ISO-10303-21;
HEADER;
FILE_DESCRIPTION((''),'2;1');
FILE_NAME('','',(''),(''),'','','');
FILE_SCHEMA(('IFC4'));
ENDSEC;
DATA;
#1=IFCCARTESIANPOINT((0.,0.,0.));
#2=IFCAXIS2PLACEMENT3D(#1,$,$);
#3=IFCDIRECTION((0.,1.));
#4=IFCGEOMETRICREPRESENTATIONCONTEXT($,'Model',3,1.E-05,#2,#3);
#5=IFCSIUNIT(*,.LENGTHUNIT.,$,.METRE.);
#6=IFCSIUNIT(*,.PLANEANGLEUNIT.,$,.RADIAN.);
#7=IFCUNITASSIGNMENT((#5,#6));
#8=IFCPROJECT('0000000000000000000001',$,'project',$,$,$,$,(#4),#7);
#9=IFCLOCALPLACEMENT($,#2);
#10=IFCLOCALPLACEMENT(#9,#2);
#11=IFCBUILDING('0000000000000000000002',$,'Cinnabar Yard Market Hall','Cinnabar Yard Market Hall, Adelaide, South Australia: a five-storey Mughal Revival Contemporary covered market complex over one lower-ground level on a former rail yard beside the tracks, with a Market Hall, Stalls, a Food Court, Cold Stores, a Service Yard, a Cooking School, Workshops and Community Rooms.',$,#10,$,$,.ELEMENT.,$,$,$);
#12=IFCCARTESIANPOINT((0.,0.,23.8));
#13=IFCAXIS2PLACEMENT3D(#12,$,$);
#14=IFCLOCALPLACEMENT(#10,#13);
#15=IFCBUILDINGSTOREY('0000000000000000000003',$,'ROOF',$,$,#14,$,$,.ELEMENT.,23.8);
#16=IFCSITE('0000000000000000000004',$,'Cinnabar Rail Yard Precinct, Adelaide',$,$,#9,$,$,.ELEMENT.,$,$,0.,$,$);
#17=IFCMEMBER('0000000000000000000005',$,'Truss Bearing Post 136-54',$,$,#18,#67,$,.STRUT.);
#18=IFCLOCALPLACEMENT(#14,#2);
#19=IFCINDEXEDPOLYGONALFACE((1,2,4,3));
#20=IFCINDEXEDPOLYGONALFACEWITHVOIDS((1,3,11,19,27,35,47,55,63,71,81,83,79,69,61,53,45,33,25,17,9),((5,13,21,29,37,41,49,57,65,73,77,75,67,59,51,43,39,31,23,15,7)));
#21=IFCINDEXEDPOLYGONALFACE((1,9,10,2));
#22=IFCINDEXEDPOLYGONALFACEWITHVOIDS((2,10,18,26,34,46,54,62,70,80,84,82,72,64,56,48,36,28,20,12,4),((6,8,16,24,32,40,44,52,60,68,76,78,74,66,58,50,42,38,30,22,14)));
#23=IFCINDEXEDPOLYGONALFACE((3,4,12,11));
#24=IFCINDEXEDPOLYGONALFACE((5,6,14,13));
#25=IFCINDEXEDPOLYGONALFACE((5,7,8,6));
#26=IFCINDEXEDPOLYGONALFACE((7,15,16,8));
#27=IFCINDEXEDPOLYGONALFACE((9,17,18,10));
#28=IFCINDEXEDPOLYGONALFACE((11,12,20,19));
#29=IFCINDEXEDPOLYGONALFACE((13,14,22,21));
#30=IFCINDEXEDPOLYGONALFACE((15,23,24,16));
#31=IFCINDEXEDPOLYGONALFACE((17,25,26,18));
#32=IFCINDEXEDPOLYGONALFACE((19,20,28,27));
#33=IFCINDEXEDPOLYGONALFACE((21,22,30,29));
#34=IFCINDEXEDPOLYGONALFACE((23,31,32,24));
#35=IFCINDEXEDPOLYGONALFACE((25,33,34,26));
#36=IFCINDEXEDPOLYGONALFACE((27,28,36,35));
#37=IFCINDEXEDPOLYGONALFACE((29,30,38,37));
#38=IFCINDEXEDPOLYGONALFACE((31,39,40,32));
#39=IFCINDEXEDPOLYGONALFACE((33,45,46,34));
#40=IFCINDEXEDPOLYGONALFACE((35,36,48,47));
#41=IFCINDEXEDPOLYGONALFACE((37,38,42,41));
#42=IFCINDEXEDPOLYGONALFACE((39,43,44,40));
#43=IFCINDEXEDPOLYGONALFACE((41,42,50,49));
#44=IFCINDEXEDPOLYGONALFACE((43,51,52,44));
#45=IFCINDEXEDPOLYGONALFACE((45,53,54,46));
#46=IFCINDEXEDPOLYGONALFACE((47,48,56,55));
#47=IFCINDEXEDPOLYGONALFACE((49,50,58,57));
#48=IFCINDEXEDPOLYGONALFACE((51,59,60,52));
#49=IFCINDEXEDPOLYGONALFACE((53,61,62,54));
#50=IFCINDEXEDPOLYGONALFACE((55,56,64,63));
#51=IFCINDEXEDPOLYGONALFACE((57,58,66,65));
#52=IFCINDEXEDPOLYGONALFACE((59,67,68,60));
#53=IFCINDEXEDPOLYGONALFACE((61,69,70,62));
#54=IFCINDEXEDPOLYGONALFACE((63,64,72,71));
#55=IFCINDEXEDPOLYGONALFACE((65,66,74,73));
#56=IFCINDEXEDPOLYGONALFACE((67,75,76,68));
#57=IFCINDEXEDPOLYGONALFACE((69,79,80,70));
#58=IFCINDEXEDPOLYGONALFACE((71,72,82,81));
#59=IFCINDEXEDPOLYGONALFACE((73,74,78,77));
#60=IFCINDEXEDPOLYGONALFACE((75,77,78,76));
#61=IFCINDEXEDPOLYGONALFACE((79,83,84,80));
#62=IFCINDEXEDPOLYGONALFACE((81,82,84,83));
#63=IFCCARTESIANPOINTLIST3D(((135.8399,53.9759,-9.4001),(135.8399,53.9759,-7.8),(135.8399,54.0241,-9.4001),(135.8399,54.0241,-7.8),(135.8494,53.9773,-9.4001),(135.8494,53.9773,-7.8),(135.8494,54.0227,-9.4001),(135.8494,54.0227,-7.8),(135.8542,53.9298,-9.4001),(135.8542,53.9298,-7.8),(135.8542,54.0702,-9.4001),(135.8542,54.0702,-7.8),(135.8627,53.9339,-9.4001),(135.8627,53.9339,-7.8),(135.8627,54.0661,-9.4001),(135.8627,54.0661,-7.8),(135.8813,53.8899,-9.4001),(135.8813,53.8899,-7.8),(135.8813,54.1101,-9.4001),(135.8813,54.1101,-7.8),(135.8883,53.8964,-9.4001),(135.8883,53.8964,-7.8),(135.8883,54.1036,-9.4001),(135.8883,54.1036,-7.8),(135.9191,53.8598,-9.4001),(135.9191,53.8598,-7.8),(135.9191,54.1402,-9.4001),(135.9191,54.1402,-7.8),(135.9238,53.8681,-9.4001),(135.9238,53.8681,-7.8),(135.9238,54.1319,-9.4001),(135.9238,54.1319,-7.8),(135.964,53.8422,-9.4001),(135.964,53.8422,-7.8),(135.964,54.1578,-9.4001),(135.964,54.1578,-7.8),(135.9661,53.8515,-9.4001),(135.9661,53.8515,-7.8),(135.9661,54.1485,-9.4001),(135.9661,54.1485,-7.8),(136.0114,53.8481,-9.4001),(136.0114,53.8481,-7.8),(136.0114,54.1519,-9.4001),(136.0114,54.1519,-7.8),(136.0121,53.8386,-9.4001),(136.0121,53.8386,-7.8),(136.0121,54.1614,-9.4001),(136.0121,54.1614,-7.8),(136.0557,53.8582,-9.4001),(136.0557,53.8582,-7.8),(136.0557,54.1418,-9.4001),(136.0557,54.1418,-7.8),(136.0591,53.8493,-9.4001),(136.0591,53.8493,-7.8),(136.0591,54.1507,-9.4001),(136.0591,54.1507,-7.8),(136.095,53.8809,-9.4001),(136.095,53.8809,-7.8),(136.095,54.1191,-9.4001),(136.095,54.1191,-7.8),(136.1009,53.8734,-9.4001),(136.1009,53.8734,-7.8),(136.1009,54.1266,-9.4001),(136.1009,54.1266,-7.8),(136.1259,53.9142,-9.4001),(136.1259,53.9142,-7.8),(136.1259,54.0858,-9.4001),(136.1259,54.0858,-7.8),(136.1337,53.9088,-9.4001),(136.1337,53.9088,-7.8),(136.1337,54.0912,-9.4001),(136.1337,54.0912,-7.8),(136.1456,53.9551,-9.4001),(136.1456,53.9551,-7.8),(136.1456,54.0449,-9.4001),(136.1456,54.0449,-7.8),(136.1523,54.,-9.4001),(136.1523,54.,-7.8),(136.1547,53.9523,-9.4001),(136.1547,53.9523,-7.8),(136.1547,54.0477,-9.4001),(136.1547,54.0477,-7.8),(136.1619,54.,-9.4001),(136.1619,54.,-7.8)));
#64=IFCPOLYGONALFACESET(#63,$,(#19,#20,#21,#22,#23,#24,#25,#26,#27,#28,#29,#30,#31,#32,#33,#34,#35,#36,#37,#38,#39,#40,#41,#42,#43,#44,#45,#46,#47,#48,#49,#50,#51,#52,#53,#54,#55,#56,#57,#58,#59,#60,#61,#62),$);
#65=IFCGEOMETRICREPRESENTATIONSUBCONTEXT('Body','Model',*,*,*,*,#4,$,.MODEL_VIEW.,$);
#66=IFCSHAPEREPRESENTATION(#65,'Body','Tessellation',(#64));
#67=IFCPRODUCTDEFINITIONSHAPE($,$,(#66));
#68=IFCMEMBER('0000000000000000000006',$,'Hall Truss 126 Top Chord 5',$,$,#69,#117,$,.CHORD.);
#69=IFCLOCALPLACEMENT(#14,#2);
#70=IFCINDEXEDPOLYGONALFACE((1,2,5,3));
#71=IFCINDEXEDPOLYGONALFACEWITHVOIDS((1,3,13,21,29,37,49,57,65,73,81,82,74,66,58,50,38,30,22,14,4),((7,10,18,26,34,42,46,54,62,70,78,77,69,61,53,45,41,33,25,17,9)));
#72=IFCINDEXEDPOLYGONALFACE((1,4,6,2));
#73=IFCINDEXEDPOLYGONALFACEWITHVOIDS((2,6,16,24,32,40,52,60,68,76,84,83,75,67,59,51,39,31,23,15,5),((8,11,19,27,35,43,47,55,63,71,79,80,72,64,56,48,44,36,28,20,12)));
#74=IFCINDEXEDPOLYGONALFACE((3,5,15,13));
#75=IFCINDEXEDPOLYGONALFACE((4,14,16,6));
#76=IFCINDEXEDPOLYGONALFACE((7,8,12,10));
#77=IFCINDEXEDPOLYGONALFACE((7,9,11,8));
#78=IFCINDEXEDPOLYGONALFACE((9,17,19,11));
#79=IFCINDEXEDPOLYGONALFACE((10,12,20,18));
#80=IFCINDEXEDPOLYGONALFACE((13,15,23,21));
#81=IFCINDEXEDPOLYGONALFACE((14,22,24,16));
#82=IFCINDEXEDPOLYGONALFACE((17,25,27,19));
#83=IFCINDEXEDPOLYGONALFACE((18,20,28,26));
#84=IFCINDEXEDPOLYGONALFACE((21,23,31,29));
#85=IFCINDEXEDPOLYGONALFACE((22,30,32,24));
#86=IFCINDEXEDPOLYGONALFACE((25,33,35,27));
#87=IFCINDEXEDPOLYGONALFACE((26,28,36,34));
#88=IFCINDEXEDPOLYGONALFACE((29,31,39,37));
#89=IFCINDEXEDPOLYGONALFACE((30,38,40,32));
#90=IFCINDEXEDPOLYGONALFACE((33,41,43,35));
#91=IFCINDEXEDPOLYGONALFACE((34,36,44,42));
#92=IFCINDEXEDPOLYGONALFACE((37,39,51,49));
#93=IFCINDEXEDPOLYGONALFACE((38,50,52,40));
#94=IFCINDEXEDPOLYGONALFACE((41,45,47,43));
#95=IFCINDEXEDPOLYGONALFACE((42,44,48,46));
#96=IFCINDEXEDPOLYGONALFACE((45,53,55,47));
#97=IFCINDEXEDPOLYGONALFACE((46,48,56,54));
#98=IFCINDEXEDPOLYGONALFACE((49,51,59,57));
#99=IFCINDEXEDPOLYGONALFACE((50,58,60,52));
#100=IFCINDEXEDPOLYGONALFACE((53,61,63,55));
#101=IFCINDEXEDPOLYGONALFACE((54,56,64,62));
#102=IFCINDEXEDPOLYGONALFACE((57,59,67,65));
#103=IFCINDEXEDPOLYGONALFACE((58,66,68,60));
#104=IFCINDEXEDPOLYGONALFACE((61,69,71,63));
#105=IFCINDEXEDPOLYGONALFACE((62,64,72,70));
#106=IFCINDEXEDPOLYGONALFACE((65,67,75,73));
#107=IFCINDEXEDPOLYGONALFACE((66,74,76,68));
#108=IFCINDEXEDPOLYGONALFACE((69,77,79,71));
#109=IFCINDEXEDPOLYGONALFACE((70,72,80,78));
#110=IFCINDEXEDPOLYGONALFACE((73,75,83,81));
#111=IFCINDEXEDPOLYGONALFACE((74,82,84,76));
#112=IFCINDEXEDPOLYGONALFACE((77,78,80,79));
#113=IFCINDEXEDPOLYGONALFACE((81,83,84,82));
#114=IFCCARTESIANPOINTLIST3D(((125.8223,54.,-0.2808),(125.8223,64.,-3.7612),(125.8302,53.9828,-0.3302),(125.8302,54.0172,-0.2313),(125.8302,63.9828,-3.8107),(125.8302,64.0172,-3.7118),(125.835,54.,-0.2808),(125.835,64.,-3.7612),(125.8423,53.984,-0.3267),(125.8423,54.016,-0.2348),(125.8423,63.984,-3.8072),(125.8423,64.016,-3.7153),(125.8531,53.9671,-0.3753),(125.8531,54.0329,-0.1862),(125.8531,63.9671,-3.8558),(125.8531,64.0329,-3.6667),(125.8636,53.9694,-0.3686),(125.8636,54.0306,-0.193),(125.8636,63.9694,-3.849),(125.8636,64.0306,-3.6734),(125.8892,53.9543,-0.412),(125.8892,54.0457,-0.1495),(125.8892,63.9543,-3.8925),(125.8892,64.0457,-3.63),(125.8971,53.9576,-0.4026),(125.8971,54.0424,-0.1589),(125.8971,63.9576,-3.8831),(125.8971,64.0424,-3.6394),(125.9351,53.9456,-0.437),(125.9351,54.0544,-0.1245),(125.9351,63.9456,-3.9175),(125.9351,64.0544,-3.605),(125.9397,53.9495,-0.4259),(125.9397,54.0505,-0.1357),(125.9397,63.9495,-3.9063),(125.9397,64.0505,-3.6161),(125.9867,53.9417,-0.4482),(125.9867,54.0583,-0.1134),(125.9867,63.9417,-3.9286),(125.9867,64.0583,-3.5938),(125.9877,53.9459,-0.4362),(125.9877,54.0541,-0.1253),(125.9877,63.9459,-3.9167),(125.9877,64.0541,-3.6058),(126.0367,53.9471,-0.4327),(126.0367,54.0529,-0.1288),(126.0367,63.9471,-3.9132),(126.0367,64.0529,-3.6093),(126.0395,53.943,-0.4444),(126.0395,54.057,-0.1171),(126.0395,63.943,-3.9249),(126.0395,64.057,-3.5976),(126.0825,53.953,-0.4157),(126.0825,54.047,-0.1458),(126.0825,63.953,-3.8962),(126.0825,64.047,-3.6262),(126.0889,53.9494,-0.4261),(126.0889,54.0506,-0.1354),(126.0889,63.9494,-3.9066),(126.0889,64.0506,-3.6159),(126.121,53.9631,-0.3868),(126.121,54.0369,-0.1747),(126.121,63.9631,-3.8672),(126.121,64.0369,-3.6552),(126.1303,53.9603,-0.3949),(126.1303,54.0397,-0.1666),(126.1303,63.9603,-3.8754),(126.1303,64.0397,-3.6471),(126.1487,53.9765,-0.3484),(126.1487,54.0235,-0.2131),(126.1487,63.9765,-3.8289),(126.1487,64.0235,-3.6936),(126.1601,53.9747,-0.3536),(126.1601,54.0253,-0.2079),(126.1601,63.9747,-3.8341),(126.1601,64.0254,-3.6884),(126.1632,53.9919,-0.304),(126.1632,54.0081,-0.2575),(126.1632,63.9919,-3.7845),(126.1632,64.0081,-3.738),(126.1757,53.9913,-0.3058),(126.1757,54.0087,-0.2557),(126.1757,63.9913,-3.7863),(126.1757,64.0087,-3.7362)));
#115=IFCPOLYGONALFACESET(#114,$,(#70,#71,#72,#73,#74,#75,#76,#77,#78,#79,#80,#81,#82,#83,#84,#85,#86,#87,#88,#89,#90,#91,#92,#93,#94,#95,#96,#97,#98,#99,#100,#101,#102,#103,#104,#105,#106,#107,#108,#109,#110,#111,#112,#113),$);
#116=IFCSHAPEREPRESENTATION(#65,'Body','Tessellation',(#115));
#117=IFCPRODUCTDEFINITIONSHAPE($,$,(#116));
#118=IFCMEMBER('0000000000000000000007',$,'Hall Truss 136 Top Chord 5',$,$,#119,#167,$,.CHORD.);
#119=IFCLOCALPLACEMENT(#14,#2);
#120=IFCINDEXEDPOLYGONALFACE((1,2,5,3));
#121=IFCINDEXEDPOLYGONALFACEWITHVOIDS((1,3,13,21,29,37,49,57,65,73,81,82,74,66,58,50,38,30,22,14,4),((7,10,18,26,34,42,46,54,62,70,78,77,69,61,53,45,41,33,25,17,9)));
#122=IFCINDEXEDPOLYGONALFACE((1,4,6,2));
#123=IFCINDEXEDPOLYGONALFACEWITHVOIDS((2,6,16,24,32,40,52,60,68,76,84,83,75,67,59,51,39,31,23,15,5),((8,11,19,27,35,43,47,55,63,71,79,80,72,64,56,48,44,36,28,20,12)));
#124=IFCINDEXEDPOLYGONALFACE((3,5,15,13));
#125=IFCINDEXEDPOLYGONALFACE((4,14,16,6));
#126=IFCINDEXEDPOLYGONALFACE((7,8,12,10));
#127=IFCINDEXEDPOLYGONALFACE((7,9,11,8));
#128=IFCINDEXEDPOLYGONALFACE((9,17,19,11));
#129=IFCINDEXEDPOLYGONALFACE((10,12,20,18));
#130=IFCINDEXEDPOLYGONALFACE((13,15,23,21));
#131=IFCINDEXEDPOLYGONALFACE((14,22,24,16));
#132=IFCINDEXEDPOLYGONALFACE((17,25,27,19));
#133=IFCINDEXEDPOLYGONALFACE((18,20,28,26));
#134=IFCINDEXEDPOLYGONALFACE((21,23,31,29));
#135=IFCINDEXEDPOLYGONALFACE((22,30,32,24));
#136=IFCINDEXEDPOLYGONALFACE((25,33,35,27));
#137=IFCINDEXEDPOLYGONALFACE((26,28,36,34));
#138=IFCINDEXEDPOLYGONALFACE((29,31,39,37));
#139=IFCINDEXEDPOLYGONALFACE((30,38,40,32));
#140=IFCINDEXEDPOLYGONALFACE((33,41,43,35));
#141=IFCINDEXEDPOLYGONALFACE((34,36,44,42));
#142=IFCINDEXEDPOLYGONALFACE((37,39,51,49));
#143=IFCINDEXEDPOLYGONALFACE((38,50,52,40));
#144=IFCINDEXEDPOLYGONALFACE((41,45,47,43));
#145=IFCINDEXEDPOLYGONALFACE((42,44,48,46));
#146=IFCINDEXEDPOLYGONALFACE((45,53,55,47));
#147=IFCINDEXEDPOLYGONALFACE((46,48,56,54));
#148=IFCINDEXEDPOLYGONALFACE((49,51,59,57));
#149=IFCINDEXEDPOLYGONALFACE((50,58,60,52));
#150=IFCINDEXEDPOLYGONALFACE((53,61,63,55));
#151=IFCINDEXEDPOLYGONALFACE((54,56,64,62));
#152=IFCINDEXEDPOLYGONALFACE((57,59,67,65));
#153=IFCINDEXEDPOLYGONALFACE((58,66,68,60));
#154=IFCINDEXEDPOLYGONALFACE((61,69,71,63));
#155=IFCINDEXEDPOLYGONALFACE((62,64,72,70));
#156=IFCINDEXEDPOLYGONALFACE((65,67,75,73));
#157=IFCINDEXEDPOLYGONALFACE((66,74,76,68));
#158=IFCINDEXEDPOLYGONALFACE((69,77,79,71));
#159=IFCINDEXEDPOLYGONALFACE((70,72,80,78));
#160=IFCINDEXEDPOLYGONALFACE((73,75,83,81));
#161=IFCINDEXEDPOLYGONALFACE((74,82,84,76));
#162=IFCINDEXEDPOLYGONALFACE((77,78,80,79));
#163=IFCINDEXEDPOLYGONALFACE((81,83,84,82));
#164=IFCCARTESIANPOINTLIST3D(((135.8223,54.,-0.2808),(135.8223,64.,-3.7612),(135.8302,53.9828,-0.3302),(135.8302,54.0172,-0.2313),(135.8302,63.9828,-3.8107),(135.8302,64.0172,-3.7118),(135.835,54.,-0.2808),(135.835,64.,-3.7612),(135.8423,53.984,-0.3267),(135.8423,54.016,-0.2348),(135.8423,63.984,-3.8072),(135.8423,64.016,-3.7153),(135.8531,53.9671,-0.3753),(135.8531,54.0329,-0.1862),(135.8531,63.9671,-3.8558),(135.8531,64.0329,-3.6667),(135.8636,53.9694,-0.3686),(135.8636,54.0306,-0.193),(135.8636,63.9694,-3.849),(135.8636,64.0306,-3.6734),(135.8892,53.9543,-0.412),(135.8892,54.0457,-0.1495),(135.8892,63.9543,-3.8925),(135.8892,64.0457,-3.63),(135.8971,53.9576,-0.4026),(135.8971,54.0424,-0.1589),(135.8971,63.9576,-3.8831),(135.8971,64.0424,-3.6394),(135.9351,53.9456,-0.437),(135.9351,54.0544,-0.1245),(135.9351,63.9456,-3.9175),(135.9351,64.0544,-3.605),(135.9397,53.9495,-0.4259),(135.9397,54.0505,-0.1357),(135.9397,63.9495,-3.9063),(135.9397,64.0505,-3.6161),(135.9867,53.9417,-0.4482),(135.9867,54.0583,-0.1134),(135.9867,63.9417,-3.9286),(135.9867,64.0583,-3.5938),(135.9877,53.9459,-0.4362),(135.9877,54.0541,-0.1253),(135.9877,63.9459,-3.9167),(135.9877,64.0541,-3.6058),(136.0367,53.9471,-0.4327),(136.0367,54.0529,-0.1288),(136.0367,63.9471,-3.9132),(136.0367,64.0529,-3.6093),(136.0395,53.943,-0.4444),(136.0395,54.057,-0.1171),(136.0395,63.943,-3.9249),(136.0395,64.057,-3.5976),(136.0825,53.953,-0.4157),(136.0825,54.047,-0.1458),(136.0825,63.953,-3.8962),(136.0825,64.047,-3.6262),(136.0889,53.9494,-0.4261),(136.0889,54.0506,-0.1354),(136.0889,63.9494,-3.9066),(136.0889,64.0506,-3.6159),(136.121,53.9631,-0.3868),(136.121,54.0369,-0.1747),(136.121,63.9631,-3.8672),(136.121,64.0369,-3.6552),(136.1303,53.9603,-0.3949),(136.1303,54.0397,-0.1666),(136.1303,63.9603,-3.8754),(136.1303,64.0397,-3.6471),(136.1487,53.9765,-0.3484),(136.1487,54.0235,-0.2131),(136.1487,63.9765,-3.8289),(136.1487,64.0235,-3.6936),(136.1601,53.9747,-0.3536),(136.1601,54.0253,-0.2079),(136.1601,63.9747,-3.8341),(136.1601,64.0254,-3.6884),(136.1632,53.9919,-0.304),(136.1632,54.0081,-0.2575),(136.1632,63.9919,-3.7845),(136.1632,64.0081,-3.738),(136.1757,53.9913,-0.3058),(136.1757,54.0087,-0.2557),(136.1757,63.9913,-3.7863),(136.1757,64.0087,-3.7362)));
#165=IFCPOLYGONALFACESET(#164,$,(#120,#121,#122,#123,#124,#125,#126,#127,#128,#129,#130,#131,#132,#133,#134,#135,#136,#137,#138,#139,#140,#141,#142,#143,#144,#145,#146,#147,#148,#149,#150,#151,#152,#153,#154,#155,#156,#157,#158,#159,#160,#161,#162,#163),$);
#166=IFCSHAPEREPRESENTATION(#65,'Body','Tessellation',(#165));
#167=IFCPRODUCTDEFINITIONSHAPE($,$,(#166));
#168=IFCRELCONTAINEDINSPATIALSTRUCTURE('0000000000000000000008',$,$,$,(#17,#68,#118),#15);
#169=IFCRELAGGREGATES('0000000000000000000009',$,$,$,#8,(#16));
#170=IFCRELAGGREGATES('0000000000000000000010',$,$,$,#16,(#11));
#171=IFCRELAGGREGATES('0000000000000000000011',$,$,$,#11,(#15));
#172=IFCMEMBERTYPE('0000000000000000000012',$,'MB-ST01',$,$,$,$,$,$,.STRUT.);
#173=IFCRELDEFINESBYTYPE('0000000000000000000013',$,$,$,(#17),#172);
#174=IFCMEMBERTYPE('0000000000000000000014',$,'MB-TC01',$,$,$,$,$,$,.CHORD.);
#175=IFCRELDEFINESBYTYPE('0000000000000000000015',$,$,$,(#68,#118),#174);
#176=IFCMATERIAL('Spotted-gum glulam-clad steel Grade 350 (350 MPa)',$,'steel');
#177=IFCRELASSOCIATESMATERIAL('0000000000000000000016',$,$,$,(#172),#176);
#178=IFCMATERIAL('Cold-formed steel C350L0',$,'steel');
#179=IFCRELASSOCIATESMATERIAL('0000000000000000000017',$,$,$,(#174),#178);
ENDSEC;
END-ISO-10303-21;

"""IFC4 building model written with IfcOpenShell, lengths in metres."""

from ifc_helpers import new_model, si_unit, direction, frame, origin, origin_2d_with_axis, place, context, subcontext, project, spatial, hollow_circle, extrude, material, material_profile, profile_set, type_object, element, save


model = new_model("IFC4")

# Units and contexts
model_context = context("Model", 3, precision=1e-05, world=origin(), true_north=direction((0.0, 1.0)))
body_context = subcontext(model_context, "Body", "Model", "MODEL_VIEW")
ifc_project = project(units=[si_unit("LENGTHUNIT", "METRE"), si_unit("PLANEANGLEUNIT", "RADIAN")], contexts=[model_context])

# Site, building, storey
site_placement = place(None, origin())
site = spatial("IfcSite", under=ifc_project, at=site_placement, Name="Cinnabar Rail Yard Precinct, Adelaide", CompositionType="ELEMENT", RefElevation=0.0)
building_placement = place(site_placement, origin())
building = spatial("IfcBuilding", under=site, at=building_placement, Name="Cinnabar Yard Market Hall", Description="Cinnabar Yard Market Hall, Adelaide, South Australia: a five-storey Mughal Revival Contemporary covered market complex over one lower-ground level on a former rail yard beside the tracks, with a Market Hall, Stalls, a Food Court, Cold Stores, a Service Yard, a Cooking School, Workshops and Community Rooms.", CompositionType="ELEMENT")
storey_placement = place(building_placement, frame((0.0, 0.0, 23.8)))
storey = spatial("IfcBuildingStorey", under=building, at=storey_placement, Name="ROOF", CompositionType="ELEMENT", Elevation=23.8)

# Members
ifc_material_1 = material(Name="Cold-formed steel C350L0", Category="steel")
ifc_material_2 = material(Name="Spotted-gum glulam-clad steel Grade 350 (350 MPa)", Category="steel")
ifc_material_profile_1 = material_profile(ifc_material_2, hollow_circle(Radius=0.1619, WallThickness=0.0095, at=origin_2d_with_axis()), Name="323.9x9.5CHS")
ifc_profile_set_1 = profile_set([ifc_material_profile_1], Name="Spotted-gum glulam-clad steel Grade 350 (350 MPa)")
member_type_1 = type_object("IfcMemberType", Name="MB-ST01", PredefinedType="STRUT", material=ifc_profile_set_1)
for number, where, z_axis, x_axis, name in (
    (1, (136.0, 54.0, -9.4001), (0.0, 0.0, 1.0), (1.0, 0.0, 0.0), "Truss Bearing Post 136-54"),
):
    element("IfcMember", number, at=place(storey_placement, frame(where, z_axis=z_axis, x_axis=x_axis)), inside=storey, type_object=member_type_1, Name=name, PredefinedType="STRUT", context=body_context, shape_type="SweptSolid", body=[
        extrude(hollow_circle(Radius=0.1619, WallThickness=0.0095, at=origin_2d_with_axis()), origin(), (0.0, 0.0, 1.0), 1.6001),
    ])
ifc_material_profile_2 = material_profile(ifc_material_1, hollow_circle(Radius=0.1777, WallThickness=0.0127, at=origin_2d_with_axis()), Name="355.6x12.7CHS")
ifc_profile_set_2 = profile_set([ifc_material_profile_2], Name="Cold-formed steel C350L0")
member_type_2 = type_object("IfcMemberType", Name="MB-TC01", PredefinedType="CHORD", material=ifc_profile_set_2)
for number, where, z_axis, x_axis, name in (
    (2, (126.0, 54.0, -0.2808), (0.0, 0.944432, -0.328707), (-1.0, 0.0, 0.0), "Hall Truss 126 Top Chord 5"),
    (3, (136.0, 54.0, -0.2808), (0.0, 0.944432, -0.328707), (-1.0, 0.0, 0.0), "Hall Truss 136 Top Chord 5"),
):
    element("IfcMember", number, at=place(storey_placement, frame(where, z_axis=z_axis, x_axis=x_axis)), inside=storey, type_object=member_type_2, Name=name, PredefinedType="CHORD", context=body_context, shape_type="SweptSolid", body=[
        extrude(hollow_circle(Radius=0.1777, WallThickness=0.0127, at=origin_2d_with_axis()), origin(), (0.0, 0.0, 1.0), 10.5884),
    ])

save(model, "model.ifc")
